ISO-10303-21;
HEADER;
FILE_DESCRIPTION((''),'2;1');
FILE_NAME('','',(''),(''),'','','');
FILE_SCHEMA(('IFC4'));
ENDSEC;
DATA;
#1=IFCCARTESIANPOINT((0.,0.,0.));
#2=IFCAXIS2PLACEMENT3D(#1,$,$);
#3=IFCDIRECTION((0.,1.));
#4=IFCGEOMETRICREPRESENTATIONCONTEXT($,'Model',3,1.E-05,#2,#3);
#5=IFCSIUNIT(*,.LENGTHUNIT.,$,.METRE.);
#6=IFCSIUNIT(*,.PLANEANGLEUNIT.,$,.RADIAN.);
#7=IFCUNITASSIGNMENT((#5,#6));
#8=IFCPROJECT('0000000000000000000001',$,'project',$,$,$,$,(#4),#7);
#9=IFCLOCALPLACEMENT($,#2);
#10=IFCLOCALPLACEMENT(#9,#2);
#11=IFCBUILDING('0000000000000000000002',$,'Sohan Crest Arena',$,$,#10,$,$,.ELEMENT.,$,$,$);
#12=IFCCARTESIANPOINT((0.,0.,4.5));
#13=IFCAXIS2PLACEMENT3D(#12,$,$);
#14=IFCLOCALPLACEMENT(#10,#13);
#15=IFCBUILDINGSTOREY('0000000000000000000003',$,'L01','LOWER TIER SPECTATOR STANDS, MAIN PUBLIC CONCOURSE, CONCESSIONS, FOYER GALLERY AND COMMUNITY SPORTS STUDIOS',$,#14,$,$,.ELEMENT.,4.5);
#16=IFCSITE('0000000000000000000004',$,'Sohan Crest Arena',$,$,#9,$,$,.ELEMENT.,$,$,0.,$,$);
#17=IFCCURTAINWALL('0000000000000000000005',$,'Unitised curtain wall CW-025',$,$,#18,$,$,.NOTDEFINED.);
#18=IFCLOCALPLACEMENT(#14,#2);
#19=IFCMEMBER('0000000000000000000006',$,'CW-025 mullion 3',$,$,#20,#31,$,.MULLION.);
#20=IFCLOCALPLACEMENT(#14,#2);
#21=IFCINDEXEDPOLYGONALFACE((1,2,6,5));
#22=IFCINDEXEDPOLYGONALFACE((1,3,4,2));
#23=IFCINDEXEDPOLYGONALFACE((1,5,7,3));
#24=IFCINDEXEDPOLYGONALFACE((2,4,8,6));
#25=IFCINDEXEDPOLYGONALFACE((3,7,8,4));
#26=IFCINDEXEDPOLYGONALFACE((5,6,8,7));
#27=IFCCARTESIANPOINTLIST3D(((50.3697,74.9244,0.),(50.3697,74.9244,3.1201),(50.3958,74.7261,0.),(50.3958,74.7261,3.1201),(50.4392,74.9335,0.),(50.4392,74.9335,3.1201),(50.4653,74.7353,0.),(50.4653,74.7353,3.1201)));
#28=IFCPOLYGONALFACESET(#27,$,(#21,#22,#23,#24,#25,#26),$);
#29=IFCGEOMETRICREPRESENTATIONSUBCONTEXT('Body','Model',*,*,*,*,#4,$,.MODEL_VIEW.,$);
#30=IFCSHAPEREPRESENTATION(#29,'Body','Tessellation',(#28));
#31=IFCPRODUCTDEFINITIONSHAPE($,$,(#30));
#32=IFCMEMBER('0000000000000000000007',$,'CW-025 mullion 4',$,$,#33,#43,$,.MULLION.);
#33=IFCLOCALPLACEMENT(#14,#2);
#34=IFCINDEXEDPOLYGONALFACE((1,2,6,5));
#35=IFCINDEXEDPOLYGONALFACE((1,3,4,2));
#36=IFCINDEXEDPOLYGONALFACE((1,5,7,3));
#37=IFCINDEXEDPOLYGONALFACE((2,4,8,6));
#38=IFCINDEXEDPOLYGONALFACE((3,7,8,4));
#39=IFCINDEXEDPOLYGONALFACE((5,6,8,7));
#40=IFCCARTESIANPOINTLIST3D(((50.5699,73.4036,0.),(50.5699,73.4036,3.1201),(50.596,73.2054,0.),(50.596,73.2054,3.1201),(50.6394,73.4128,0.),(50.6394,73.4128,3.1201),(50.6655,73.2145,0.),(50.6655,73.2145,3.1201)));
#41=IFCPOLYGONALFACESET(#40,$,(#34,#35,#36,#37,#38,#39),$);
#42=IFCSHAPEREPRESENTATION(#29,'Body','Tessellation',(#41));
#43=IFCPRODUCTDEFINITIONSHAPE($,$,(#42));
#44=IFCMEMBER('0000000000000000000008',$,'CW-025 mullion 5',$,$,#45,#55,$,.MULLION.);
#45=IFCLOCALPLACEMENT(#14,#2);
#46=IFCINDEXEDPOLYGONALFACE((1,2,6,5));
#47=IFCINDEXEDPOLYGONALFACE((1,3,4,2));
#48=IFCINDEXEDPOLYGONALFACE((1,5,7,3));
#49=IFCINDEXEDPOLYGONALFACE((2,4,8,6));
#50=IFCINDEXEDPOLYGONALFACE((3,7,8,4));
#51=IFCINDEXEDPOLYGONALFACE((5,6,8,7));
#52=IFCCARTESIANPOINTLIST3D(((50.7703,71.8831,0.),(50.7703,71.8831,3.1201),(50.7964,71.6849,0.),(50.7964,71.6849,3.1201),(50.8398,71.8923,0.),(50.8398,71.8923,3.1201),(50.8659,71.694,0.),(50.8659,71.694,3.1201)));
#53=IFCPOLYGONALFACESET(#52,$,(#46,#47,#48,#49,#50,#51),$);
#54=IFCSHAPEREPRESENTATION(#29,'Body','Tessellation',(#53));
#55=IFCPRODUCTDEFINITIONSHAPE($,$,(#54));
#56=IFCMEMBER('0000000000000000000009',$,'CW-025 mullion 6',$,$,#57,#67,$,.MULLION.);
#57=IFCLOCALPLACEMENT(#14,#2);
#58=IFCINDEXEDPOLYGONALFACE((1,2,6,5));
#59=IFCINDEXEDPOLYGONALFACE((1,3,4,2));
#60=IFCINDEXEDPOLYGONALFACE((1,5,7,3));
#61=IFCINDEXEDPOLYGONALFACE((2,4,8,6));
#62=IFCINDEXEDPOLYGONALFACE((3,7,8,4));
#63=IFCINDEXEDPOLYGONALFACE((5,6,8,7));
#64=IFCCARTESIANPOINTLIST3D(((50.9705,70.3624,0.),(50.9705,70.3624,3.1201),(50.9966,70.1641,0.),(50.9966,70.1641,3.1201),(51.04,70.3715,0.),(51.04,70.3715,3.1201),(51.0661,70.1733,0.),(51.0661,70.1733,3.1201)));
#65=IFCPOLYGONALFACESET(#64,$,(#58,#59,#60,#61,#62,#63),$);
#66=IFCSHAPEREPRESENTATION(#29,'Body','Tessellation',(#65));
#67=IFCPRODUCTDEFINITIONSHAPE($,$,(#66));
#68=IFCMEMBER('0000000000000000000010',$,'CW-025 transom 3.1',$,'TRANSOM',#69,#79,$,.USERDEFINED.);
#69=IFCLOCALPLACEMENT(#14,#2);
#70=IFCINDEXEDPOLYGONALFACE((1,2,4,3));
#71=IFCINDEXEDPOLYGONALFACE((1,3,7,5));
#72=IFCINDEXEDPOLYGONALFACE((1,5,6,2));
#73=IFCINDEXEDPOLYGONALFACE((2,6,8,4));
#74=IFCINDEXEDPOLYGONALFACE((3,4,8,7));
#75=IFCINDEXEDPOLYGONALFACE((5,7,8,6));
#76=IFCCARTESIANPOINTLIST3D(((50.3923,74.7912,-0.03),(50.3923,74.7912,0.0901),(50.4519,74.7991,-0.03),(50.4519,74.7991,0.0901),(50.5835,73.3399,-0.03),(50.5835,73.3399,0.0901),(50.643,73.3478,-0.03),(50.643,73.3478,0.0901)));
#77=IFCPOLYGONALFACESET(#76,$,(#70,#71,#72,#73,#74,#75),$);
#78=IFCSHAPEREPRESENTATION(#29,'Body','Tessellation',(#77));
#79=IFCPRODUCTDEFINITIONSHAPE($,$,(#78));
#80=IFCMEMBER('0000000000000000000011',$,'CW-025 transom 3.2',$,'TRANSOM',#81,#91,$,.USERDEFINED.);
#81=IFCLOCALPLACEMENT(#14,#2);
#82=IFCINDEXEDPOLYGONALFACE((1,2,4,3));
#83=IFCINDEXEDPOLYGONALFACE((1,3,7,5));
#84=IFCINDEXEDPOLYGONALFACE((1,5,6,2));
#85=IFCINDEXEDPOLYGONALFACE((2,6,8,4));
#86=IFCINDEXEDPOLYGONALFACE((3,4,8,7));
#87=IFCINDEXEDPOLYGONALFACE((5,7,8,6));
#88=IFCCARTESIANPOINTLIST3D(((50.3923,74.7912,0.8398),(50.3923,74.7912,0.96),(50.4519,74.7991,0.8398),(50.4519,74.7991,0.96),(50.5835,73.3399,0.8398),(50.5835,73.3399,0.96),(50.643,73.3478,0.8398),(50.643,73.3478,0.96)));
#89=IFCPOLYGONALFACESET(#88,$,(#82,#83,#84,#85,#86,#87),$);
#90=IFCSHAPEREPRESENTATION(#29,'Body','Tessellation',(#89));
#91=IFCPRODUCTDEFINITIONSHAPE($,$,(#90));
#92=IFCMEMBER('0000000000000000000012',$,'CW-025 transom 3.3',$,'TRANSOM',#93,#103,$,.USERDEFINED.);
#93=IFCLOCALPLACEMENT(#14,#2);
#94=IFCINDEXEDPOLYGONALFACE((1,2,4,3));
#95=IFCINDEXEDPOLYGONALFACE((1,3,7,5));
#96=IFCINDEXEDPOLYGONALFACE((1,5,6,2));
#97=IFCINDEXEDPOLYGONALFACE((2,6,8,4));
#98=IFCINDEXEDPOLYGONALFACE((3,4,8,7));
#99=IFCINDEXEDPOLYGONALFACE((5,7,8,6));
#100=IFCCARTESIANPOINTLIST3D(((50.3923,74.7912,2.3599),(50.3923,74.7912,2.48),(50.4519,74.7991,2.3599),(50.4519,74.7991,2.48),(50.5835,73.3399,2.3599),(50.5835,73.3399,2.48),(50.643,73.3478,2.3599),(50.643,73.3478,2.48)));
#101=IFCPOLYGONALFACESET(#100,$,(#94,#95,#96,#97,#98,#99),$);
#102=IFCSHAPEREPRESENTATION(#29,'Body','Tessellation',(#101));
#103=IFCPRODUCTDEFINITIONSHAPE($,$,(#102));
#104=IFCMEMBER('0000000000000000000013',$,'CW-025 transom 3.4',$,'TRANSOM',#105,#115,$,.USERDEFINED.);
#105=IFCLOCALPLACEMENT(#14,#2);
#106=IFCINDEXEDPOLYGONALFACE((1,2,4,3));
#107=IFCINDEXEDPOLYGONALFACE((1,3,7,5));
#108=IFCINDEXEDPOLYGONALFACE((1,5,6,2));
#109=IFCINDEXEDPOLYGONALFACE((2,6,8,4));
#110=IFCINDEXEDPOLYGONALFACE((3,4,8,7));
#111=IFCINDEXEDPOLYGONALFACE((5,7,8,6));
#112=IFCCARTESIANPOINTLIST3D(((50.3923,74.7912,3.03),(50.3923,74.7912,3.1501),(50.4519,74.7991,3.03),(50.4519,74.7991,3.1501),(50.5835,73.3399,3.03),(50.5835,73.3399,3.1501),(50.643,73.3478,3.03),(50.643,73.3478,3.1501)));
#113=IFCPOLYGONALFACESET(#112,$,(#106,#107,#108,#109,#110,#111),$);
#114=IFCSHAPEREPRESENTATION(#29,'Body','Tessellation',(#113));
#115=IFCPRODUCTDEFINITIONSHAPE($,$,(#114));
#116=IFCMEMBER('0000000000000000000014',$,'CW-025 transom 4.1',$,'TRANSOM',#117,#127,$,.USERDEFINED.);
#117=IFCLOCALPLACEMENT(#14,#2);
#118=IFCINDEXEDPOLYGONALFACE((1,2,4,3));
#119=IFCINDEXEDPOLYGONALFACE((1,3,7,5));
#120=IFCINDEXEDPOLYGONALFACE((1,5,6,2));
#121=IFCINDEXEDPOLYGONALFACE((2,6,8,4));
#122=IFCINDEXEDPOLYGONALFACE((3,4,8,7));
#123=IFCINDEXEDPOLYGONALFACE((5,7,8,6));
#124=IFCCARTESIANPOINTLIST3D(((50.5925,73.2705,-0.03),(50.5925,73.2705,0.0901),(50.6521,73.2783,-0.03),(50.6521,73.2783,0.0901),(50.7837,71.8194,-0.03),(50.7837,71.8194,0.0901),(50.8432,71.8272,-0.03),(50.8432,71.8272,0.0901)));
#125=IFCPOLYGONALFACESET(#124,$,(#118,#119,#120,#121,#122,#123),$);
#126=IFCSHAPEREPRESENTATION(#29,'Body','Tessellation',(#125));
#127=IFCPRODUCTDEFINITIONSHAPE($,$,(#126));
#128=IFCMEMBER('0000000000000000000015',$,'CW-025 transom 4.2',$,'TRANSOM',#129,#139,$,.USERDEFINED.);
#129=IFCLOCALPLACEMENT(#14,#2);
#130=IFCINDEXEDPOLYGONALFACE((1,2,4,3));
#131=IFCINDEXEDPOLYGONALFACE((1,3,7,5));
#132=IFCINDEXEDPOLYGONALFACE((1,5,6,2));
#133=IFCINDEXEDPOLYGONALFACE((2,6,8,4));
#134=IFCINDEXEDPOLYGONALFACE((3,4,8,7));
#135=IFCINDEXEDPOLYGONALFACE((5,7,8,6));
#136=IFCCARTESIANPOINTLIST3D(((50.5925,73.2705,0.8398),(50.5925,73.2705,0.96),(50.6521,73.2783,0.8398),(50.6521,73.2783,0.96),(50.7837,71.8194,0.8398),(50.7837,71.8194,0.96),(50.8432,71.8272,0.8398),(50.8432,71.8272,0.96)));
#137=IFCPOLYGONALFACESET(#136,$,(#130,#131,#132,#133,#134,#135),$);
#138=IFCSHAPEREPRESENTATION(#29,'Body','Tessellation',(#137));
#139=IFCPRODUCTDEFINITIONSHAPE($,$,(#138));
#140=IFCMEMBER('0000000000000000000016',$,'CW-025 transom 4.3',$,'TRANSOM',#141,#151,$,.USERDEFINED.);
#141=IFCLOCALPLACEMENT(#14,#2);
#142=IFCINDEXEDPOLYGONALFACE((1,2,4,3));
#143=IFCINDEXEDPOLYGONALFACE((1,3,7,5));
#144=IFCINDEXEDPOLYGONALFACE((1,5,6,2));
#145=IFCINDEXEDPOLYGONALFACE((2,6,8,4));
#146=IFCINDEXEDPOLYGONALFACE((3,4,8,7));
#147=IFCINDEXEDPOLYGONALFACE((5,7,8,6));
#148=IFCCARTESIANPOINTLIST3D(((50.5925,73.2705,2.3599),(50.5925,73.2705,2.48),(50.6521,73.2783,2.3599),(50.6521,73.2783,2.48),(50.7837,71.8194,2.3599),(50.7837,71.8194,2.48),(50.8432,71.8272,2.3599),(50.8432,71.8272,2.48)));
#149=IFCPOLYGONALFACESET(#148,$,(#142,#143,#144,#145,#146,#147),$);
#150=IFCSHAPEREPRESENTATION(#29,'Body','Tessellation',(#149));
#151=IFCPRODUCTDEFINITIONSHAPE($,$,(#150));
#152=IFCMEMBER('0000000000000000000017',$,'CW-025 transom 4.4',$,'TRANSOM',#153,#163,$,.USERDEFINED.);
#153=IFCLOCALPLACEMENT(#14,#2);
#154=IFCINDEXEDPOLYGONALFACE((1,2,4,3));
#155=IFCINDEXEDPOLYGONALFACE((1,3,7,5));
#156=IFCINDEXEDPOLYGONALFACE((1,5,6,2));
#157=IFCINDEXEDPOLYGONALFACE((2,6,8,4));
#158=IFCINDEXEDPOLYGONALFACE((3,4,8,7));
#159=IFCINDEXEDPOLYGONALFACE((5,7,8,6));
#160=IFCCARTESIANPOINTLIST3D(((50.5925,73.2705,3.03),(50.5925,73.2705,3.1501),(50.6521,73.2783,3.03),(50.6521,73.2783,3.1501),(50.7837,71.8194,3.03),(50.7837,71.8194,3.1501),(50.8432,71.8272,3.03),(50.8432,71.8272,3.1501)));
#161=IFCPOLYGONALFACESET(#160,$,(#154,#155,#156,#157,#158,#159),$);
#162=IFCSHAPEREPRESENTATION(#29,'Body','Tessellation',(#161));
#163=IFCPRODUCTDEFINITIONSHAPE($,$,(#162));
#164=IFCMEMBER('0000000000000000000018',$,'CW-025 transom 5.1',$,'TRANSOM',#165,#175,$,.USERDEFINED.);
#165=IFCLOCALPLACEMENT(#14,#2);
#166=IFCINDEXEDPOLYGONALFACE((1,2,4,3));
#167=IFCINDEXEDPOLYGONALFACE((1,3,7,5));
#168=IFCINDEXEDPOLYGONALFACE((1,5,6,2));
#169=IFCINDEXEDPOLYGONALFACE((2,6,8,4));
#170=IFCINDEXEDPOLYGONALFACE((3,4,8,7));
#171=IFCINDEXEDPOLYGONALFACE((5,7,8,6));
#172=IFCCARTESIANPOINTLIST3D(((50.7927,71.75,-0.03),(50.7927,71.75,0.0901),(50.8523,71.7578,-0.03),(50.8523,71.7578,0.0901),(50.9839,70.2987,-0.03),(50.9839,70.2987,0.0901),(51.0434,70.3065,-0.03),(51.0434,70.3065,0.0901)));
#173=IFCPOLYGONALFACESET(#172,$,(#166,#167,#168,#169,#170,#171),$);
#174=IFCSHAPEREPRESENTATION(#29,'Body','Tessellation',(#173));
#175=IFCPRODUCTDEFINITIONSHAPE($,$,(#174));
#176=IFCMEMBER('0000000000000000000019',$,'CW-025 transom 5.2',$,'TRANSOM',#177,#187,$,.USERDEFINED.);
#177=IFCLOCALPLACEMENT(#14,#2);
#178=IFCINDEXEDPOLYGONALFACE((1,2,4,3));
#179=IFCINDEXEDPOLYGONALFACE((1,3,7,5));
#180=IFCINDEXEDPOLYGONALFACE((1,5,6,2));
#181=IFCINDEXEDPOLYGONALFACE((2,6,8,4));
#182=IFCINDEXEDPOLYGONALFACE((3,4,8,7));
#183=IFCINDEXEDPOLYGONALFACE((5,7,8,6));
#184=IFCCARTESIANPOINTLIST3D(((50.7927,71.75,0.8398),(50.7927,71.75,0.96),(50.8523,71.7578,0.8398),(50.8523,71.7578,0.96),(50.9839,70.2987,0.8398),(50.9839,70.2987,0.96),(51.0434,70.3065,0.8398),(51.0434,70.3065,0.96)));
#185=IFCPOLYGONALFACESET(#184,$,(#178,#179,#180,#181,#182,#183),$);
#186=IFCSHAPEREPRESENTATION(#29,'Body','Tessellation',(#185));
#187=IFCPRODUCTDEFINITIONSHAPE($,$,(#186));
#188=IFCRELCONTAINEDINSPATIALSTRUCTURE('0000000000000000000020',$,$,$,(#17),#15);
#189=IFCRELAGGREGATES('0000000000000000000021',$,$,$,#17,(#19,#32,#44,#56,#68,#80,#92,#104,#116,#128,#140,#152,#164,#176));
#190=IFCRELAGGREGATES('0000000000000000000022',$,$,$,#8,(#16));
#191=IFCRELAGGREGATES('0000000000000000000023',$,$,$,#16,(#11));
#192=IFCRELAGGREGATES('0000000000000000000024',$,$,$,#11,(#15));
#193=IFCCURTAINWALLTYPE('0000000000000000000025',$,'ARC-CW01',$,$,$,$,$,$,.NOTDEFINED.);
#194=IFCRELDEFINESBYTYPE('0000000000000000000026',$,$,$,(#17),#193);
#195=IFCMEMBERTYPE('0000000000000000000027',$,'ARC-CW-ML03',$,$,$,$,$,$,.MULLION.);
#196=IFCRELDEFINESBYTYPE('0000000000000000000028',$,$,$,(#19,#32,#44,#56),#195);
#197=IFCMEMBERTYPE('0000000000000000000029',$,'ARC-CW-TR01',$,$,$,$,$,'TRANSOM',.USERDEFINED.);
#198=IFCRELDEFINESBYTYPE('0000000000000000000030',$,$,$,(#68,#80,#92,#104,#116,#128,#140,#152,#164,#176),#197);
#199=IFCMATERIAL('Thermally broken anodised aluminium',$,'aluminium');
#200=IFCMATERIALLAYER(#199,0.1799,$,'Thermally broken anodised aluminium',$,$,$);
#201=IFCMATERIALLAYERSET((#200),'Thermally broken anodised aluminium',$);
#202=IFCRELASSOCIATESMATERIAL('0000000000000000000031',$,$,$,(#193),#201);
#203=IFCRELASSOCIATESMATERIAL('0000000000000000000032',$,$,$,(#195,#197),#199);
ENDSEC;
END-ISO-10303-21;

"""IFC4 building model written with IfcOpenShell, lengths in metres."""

from ifc_helpers import new_model, si_unit, direction, frame, origin, origin_2d, place, context, subcontext, project, spatial, rectangle, extrude, material, layer, layer_set, material_profile, profile_set, type_object, element, aggregate, save


model = new_model("IFC4")

# Units and contexts
model_context = context("Model", 3, precision=1e-05, world=origin(), true_north=direction((0.0, 1.0)))
body_context = subcontext(model_context, "Body", "Model", "MODEL_VIEW")
ifc_project = project(units=[si_unit("LENGTHUNIT", "METRE"), si_unit("PLANEANGLEUNIT", "RADIAN")], contexts=[model_context])

# Site, building, storey
site_placement = place(None, origin())
site = spatial("IfcSite", under=ifc_project, at=site_placement, Name="Sohan Crest Arena", CompositionType="ELEMENT", RefElevation=0.0)
building_placement = place(site_placement, origin())
building = spatial("IfcBuilding", under=site, at=building_placement, Name="Sohan Crest Arena", CompositionType="ELEMENT")
storey_placement = place(building_placement, frame((0.0, 0.0, 4.5)))
storey = spatial("IfcBuildingStorey", under=building, at=storey_placement, Name="L01", Description="LOWER TIER SPECTATOR STANDS, MAIN PUBLIC CONCOURSE, CONCESSIONS, FOYER GALLERY AND COMMUNITY SPORTS STUDIOS", CompositionType="ELEMENT", Elevation=4.5)

# Curtain wall, members
ifc_material_1 = material(Name="Thermally broken anodised aluminium", Category="aluminium")
ifc_layer_1 = layer(ifc_material_1, 0.1799, Name="Thermally broken anodised aluminium")
ifc_layer_set_1 = layer_set([ifc_layer_1], Name="Thermally broken anodised aluminium")
curtain_wall_type_1 = type_object("IfcCurtainWallType", Name="ARC-CW01", PredefinedType="NOTDEFINED", material=ifc_layer_set_1)
curtain_wall_1_placement = place(storey_placement, origin())
curtain_wall_1 = element("IfcCurtainWall", 1, at=curtain_wall_1_placement, inside=storey, type_object=curtain_wall_type_1, Name="Unitised curtain wall CW-025", PredefinedType="NOTDEFINED")
ifc_material_profile_1 = material_profile(ifc_material_1, rectangle(XDim=0.0701, YDim=0.2, at=origin_2d()), Name="ALU-MULL 70x200")
ifc_profile_set_1 = profile_set([ifc_material_profile_1], Name="Thermally broken anodised aluminium")
member_type_1 = type_object("IfcMemberType", Name="ARC-CW-ML03", PredefinedType="MULLION", material=ifc_profile_set_1)
member_1_placement = place(storey_placement, frame((50.4175, 74.8298, 0.0), z_axis=(0.0, 0.0, 1.0), x_axis=(0.99144, 0.130562, 0.0)))
member_1 = element("IfcMember", 2, at=member_1_placement, type_object=member_type_1, Name="CW-025 mullion 3", PredefinedType="MULLION", context=body_context, shape_type="SweptSolid", body=[
    extrude(rectangle(XDim=0.0701, YDim=0.2, at=origin_2d()), origin(), (0.0, 0.0, 1.0), 3.1201),
])
member_2_placement = place(storey_placement, frame((50.6177, 73.3091, 0.0), z_axis=(0.0, 0.0, 1.0), x_axis=(0.99144, 0.130562, 0.0)))
member_2 = element("IfcMember", 3, at=member_2_placement, type_object=member_type_1, Name="CW-025 mullion 4", PredefinedType="MULLION", context=body_context, shape_type="SweptSolid", body=[
    extrude(rectangle(XDim=0.0701, YDim=0.2, at=origin_2d()), origin(), (0.0, 0.0, 1.0), 3.1201),
])
member_3_placement = place(storey_placement, frame((50.8181, 71.7886, 0.0), z_axis=(0.0, 0.0, 1.0), x_axis=(0.99144, 0.130562, 0.0)))
member_3 = element("IfcMember", 4, at=member_3_placement, type_object=member_type_1, Name="CW-025 mullion 5", PredefinedType="MULLION", context=body_context, shape_type="SweptSolid", body=[
    extrude(rectangle(XDim=0.0701, YDim=0.2, at=origin_2d()), origin(), (0.0, 0.0, 1.0), 3.1201),
])
member_4_placement = place(storey_placement, frame((51.0183, 70.2678, 0.0), z_axis=(0.0, 0.0, 1.0), x_axis=(0.99144, 0.130562, 0.0)))
member_4 = element("IfcMember", 5, at=member_4_placement, type_object=member_type_1, Name="CW-025 mullion 6", PredefinedType="MULLION", context=body_context, shape_type="SweptSolid", body=[
    extrude(rectangle(XDim=0.0701, YDim=0.2, at=origin_2d()), origin(), (0.0, 0.0, 1.0), 3.1201),
])
ifc_material_profile_2 = material_profile(ifc_material_1, rectangle(XDim=0.0601, YDim=0.1201, at=origin_2d()), Name="ALU-TRAN 60x120")
ifc_profile_set_2 = profile_set([ifc_material_profile_2], Name="Thermally broken anodised aluminium")
member_type_2 = type_object("IfcMemberType", Name="ARC-CW-TR01", ElementType="TRANSOM", PredefinedType="USERDEFINED", material=ifc_profile_set_2)
member_5_placement = place(storey_placement, frame((50.4221, 74.7952, 0.03), z_axis=(0.13058, -0.991438, 0.0), x_axis=(0.991438, 0.13058, 0.0)))
member_5 = element("IfcMember", 6, at=member_5_placement, type_object=member_type_2, Name="CW-025 transom 3.1", ObjectType="TRANSOM", PredefinedType="USERDEFINED", context=body_context, shape_type="SweptSolid", body=[
    extrude(rectangle(XDim=0.0601, YDim=0.1201, at=origin_2d()), origin(), (0.0, 0.0, 1.0), 1.4639),
])
member_6_placement = place(storey_placement, frame((50.4221, 74.7952, 0.8999), z_axis=(0.13058, -0.991438, 0.0), x_axis=(0.991438, 0.13058, 0.0)))
member_6 = element("IfcMember", 7, at=member_6_placement, type_object=member_type_2, Name="CW-025 transom 3.2", ObjectType="TRANSOM", PredefinedType="USERDEFINED", context=body_context, shape_type="SweptSolid", body=[
    extrude(rectangle(XDim=0.0601, YDim=0.1201, at=origin_2d()), origin(), (0.0, 0.0, 1.0), 1.4639),
])
member_7_placement = place(storey_placement, frame((50.4221, 74.7952, 2.4199), z_axis=(0.13058, -0.991438, 0.0), x_axis=(0.991438, 0.13058, 0.0)))
member_7 = element("IfcMember", 8, at=member_7_placement, type_object=member_type_2, Name="CW-025 transom 3.3", ObjectType="TRANSOM", PredefinedType="USERDEFINED", context=body_context, shape_type="SweptSolid", body=[
    extrude(rectangle(XDim=0.0601, YDim=0.1201, at=origin_2d()), origin(), (0.0, 0.0, 1.0), 1.4639),
])
member_8_placement = place(storey_placement, frame((50.4221, 74.7952, 3.0901), z_axis=(0.13058, -0.991438, 0.0), x_axis=(0.991438, 0.13058, 0.0)))
member_8 = element("IfcMember", 9, at=member_8_placement, type_object=member_type_2, Name="CW-025 transom 3.4", ObjectType="TRANSOM", PredefinedType="USERDEFINED", context=body_context, shape_type="SweptSolid", body=[
    extrude(rectangle(XDim=0.0601, YDim=0.1201, at=origin_2d()), origin(), (0.0, 0.0, 1.0), 1.4639),
])
member_9_placement = place(storey_placement, frame((50.6223, 73.2744, 0.03), z_axis=(0.130601, -0.991435, 0.0), x_axis=(0.991435, 0.130601, 0.0)))
member_9 = element("IfcMember", 10, at=member_9_placement, type_object=member_type_2, Name="CW-025 transom 4.1", ObjectType="TRANSOM", PredefinedType="USERDEFINED", context=body_context, shape_type="SweptSolid", body=[
    extrude(rectangle(XDim=0.0601, YDim=0.1201, at=origin_2d()), origin(), (0.0, 0.0, 1.0), 1.4636),
])
member_10_placement = place(storey_placement, frame((50.6223, 73.2744, 0.8999), z_axis=(0.130601, -0.991435, 0.0), x_axis=(0.991435, 0.130601, 0.0)))
member_10 = element("IfcMember", 11, at=member_10_placement, type_object=member_type_2, Name="CW-025 transom 4.2", ObjectType="TRANSOM", PredefinedType="USERDEFINED", context=body_context, shape_type="SweptSolid", body=[
    extrude(rectangle(XDim=0.0601, YDim=0.1201, at=origin_2d()), origin(), (0.0, 0.0, 1.0), 1.4636),
])
member_11_placement = place(storey_placement, frame((50.6223, 73.2744, 2.4199), z_axis=(0.130601, -0.991435, 0.0), x_axis=(0.991435, 0.130601, 0.0)))
member_11 = element("IfcMember", 12, at=member_11_placement, type_object=member_type_2, Name="CW-025 transom 4.3", ObjectType="TRANSOM", PredefinedType="USERDEFINED", context=body_context, shape_type="SweptSolid", body=[
    extrude(rectangle(XDim=0.0601, YDim=0.1201, at=origin_2d()), origin(), (0.0, 0.0, 1.0), 1.4636),
])
member_12_placement = place(storey_placement, frame((50.6223, 73.2744, 3.0901), z_axis=(0.130601, -0.991435, 0.0), x_axis=(0.991435, 0.130601, 0.0)))
member_12 = element("IfcMember", 13, at=member_12_placement, type_object=member_type_2, Name="CW-025 transom 4.4", ObjectType="TRANSOM", PredefinedType="USERDEFINED", context=body_context, shape_type="SweptSolid", body=[
    extrude(rectangle(XDim=0.0601, YDim=0.1201, at=origin_2d()), origin(), (0.0, 0.0, 1.0), 1.4636),
])
member_13_placement = place(storey_placement, frame((50.8225, 71.7539, 0.03), z_axis=(0.13058, -0.991438, 0.0), x_axis=(0.991438, 0.13058, 0.0)))
member_13 = element("IfcMember", 14, at=member_13_placement, type_object=member_type_2, Name="CW-025 transom 5.1", ObjectType="TRANSOM", PredefinedType="USERDEFINED", context=body_context, shape_type="SweptSolid", body=[
    extrude(rectangle(XDim=0.0601, YDim=0.1201, at=origin_2d()), origin(), (0.0, 0.0, 1.0), 1.4639),
])
member_14_placement = place(storey_placement, frame((50.8225, 71.7539, 0.8999), z_axis=(0.13058, -0.991438, 0.0), x_axis=(0.991438, 0.13058, 0.0)))
member_14 = element("IfcMember", 15, at=member_14_placement, type_object=member_type_2, Name="CW-025 transom 5.2", ObjectType="TRANSOM", PredefinedType="USERDEFINED", context=body_context, shape_type="SweptSolid", body=[
    extrude(rectangle(XDim=0.0601, YDim=0.1201, at=origin_2d()), origin(), (0.0, 0.0, 1.0), 1.4639),
])

aggregate(curtain_wall_1, [member_1, member_2, member_3, member_4, member_5, member_6, member_7, member_8, member_9, member_10, member_11, member_12, member_13, member_14])

save(model, "model.ifc")
